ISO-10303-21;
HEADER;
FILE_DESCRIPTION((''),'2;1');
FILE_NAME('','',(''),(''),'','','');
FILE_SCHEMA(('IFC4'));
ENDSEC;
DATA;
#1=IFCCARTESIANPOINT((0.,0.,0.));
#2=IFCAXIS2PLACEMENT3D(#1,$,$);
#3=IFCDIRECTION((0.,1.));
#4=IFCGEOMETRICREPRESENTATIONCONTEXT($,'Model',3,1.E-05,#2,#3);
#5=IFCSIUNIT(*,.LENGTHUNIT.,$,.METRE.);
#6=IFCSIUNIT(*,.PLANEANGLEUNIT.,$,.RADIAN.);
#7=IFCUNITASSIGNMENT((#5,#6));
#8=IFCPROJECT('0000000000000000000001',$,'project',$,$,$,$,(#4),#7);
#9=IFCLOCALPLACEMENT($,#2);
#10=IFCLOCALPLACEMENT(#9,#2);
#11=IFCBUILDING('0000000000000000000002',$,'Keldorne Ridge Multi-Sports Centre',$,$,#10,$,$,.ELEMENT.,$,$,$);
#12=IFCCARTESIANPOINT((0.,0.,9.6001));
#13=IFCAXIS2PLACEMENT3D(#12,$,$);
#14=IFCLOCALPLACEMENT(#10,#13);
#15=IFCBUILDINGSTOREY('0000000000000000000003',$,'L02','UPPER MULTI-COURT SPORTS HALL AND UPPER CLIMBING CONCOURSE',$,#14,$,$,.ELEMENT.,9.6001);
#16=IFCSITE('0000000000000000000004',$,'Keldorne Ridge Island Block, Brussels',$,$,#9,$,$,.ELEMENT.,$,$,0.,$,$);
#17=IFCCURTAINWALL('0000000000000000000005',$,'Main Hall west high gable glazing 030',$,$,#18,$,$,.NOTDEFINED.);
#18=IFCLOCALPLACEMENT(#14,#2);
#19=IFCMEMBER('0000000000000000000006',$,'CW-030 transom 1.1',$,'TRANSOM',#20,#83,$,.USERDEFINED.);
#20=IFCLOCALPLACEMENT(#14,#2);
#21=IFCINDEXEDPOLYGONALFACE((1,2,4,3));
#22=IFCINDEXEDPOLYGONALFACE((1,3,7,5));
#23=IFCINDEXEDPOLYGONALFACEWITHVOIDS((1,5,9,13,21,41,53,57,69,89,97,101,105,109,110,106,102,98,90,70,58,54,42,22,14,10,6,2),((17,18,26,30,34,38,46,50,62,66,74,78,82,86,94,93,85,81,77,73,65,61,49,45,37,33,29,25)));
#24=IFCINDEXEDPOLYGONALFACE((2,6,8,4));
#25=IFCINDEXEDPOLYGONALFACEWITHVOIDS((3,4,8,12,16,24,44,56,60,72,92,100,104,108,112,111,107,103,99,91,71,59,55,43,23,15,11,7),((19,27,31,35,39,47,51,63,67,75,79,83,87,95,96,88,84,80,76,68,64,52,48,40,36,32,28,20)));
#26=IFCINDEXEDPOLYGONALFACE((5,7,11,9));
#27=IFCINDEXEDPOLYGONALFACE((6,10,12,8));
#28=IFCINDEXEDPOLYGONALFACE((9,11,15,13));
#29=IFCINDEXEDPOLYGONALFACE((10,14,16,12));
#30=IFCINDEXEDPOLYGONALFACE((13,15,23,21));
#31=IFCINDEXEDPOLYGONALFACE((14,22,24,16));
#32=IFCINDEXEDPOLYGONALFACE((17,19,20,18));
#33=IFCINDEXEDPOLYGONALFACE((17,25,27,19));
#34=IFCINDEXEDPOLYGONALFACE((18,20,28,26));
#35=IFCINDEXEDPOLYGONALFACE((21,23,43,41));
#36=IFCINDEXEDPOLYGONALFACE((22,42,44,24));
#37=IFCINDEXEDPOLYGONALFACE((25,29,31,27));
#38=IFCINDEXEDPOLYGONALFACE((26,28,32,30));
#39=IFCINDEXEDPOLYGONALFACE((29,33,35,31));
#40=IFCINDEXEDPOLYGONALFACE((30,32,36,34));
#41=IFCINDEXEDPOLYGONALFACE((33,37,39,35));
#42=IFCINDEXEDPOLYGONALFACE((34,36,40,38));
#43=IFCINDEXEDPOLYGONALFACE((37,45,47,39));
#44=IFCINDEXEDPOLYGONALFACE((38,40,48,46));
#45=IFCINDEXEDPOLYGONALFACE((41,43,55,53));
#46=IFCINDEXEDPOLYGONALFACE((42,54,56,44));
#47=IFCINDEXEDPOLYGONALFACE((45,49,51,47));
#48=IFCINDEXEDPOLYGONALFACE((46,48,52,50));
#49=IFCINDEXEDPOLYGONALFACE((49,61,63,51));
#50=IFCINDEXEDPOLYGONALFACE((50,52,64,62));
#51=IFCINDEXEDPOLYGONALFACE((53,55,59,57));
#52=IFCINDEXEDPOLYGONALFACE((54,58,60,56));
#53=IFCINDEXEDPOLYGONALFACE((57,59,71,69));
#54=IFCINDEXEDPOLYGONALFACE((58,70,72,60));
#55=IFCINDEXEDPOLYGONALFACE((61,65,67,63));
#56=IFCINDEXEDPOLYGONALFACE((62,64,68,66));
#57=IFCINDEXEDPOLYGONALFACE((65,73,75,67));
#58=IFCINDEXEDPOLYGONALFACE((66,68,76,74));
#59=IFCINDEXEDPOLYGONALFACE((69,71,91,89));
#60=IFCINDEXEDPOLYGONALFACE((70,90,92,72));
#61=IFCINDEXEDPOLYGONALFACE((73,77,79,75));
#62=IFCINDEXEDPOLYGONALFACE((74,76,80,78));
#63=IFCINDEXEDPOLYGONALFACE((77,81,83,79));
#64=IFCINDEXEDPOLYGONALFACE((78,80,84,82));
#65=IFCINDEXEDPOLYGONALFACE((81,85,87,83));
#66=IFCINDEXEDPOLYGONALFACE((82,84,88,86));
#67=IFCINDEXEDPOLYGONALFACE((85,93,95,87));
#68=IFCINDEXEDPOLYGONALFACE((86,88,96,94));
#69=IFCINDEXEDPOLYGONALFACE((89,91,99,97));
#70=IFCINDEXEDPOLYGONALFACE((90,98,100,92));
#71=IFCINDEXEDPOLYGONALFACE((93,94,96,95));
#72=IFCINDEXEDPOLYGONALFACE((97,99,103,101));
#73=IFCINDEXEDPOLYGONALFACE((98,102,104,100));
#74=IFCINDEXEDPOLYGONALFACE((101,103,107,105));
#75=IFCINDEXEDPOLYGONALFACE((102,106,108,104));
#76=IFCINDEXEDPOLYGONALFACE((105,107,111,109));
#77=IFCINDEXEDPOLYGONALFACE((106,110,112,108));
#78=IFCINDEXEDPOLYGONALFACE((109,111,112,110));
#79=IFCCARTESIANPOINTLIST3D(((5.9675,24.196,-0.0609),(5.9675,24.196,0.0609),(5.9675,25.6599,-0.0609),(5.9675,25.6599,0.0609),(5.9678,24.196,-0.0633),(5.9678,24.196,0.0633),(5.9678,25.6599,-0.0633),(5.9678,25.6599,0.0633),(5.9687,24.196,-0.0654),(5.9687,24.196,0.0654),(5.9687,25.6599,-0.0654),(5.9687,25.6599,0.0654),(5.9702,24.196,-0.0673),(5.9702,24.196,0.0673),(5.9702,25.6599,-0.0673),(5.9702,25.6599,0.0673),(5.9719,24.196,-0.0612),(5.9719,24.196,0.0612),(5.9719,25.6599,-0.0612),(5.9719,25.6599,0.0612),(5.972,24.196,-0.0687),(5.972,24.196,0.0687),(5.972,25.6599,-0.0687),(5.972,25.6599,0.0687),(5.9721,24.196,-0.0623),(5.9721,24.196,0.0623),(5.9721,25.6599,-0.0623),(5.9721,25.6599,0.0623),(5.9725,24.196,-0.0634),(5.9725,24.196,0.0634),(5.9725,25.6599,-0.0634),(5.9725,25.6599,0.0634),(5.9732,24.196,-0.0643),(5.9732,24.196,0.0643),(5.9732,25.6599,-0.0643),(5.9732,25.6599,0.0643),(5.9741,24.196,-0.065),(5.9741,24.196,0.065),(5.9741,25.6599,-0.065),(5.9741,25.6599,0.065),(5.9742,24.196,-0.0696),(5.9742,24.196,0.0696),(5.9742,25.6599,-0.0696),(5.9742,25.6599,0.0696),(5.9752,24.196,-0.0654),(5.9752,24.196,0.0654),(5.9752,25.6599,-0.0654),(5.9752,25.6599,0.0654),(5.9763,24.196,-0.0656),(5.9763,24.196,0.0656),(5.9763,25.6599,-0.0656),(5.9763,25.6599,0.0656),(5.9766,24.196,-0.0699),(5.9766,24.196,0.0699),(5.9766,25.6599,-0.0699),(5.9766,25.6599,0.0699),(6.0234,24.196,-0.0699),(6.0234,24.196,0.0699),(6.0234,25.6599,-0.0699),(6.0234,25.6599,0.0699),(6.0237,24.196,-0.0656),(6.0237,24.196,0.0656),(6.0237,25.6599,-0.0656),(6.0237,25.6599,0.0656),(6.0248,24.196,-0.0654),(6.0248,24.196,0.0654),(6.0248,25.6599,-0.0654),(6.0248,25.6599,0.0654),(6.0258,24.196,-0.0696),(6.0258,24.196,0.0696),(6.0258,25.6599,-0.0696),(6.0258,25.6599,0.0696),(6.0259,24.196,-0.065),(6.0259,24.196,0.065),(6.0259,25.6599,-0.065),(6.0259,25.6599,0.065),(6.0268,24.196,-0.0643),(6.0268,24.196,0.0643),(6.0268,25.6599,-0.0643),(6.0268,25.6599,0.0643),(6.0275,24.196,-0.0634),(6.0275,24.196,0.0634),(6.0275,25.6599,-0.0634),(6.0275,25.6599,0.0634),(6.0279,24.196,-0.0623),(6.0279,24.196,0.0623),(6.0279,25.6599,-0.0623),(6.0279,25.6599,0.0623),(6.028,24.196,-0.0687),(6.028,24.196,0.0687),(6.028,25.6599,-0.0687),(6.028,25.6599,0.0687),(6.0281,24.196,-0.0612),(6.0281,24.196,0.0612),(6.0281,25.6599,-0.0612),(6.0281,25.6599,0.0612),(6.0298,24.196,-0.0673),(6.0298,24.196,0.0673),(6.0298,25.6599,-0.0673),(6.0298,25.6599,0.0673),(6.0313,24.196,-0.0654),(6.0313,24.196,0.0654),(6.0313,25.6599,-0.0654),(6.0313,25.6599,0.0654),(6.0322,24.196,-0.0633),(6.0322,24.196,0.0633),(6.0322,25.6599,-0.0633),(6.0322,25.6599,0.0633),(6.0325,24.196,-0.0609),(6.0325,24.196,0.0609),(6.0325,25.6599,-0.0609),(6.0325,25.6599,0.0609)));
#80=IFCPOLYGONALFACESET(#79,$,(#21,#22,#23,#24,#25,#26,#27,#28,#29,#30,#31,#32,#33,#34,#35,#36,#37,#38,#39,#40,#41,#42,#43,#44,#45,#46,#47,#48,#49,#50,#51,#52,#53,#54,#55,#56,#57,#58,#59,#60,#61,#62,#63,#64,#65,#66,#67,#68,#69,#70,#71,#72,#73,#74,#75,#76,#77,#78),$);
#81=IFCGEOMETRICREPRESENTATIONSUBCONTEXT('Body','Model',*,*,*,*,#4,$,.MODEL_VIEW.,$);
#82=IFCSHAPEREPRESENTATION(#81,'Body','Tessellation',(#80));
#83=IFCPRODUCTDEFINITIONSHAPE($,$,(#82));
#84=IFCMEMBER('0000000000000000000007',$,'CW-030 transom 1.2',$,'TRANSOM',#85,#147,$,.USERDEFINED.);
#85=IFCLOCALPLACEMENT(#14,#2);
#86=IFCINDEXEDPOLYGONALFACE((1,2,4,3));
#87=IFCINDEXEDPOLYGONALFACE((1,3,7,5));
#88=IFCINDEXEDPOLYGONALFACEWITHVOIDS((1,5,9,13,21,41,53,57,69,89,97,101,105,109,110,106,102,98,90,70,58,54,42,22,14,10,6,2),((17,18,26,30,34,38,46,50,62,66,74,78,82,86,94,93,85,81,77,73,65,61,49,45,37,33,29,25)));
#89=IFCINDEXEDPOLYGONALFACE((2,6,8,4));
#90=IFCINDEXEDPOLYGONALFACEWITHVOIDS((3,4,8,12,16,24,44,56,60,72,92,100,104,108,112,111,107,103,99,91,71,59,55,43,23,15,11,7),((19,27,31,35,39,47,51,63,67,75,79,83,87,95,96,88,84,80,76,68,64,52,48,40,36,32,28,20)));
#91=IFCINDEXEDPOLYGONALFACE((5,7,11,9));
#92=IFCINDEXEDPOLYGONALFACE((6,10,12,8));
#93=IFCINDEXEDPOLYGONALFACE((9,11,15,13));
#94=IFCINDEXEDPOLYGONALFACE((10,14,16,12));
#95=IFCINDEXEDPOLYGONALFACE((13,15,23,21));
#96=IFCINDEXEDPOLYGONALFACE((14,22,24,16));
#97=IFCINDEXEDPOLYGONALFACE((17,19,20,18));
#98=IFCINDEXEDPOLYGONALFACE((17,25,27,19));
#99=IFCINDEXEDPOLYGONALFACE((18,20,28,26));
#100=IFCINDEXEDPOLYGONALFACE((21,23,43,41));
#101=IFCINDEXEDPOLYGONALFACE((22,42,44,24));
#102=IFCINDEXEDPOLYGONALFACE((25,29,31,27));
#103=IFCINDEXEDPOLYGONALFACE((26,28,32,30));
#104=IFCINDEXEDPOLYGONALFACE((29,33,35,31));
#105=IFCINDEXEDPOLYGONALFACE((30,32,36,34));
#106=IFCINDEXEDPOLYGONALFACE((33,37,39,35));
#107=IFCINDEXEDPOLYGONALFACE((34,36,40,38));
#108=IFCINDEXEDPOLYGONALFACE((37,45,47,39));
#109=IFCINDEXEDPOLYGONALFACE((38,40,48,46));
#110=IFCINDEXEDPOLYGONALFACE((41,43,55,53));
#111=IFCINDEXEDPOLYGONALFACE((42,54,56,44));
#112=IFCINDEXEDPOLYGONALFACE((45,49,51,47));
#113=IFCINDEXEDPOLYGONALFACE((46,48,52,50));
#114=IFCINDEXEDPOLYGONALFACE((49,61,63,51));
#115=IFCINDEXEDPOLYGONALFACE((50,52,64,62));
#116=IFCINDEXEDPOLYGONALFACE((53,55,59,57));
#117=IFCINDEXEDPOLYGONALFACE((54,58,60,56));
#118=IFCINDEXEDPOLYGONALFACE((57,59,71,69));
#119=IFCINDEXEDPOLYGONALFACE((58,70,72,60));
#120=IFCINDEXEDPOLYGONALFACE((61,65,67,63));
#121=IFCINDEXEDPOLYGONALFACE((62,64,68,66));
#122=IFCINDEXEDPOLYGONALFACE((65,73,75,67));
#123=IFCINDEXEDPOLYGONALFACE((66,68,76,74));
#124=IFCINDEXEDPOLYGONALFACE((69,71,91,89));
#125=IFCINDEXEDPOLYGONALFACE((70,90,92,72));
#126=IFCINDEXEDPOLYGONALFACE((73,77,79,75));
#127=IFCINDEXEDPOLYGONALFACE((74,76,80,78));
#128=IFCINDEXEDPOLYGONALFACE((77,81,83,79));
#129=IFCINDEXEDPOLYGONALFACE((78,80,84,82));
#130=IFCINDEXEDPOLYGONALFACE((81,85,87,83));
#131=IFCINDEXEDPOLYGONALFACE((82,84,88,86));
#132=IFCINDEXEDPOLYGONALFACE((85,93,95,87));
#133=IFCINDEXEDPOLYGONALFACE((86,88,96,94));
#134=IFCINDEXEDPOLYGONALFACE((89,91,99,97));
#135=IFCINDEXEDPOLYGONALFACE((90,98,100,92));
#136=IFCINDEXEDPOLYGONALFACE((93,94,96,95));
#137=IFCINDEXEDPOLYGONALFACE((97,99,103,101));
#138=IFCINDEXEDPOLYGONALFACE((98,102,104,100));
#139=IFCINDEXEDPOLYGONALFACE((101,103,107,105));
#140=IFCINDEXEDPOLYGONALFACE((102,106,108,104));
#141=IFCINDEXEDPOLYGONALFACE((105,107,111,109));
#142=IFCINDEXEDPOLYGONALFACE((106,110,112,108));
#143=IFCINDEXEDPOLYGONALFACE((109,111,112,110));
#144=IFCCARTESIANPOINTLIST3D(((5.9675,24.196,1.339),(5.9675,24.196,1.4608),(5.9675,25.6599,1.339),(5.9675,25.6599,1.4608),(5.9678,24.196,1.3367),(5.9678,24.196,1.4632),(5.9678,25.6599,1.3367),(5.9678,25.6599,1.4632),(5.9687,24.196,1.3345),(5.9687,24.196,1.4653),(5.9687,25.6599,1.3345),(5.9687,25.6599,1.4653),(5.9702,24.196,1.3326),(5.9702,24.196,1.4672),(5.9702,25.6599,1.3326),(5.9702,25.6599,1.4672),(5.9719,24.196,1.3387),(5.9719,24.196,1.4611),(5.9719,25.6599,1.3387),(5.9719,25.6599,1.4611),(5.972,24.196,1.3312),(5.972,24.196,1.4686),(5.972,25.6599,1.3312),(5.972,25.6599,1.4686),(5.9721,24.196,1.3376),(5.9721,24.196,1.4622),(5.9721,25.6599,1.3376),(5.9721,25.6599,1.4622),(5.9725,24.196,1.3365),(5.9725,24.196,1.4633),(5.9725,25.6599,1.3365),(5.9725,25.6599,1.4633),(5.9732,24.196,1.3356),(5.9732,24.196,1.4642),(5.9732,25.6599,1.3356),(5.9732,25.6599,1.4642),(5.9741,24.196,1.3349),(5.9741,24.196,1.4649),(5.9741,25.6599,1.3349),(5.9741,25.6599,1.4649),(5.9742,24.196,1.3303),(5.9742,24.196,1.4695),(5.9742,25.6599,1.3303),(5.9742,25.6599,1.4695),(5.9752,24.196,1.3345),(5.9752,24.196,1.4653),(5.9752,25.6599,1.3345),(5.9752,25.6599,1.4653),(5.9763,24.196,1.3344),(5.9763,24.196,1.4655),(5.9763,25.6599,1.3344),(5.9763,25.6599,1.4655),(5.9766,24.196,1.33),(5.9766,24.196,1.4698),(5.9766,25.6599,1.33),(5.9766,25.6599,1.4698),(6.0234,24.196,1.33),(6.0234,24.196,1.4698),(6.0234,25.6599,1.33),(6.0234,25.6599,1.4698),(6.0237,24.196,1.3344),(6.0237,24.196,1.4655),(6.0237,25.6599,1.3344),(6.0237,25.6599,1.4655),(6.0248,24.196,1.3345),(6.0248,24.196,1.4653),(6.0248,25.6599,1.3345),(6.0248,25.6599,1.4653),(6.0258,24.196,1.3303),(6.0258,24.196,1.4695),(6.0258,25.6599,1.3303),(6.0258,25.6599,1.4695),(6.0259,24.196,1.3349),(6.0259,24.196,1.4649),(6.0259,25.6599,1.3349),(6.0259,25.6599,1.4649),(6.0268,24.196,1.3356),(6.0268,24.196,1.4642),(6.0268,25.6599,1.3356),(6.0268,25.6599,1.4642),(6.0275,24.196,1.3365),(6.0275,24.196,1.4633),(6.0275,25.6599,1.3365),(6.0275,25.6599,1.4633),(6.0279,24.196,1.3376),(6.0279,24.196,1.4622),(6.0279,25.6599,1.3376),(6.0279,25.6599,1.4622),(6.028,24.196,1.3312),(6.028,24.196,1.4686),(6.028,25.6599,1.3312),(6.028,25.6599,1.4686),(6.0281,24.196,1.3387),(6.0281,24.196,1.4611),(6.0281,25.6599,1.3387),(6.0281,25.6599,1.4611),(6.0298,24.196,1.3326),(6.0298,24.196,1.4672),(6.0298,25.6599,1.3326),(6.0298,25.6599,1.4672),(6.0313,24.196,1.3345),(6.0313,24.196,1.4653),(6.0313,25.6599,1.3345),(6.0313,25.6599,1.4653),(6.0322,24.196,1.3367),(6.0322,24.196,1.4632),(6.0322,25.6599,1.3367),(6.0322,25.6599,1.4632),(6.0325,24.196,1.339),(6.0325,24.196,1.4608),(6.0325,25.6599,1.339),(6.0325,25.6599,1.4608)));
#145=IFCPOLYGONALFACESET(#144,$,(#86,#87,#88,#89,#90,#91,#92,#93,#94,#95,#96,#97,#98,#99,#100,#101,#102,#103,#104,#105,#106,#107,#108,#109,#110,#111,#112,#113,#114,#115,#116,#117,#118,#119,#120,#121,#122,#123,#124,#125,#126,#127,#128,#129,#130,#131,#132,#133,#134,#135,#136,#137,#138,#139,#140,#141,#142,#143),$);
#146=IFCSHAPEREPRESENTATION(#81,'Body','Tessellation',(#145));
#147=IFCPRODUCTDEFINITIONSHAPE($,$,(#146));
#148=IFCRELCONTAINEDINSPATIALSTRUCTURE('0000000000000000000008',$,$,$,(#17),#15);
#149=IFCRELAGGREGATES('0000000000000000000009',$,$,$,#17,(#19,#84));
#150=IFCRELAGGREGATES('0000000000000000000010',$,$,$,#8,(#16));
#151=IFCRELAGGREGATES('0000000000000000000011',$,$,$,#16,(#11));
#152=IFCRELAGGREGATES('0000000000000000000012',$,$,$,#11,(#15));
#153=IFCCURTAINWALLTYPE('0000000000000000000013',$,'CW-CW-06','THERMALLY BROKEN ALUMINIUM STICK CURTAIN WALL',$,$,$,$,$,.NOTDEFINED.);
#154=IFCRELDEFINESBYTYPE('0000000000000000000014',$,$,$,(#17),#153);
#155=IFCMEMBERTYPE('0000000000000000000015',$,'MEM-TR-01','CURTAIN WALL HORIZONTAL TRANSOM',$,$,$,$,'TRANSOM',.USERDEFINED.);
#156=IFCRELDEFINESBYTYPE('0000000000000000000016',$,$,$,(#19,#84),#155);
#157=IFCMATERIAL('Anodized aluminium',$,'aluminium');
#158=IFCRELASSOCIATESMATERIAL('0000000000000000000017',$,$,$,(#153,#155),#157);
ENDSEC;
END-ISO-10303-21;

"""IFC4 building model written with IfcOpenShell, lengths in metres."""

from ifc_helpers import new_model, si_unit, direction, frame, origin, origin_2d, place, context, subcontext, project, spatial, hollow_rectangle, extrude, material, material_profile, profile_set, type_object, element, aggregate, save


model = new_model("IFC4")

# Units and contexts
model_context = context("Model", 3, precision=1e-05, world=origin(), true_north=direction((0.0, 1.0)))
body_context = subcontext(model_context, "Body", "Model", "MODEL_VIEW")
ifc_project = project(units=[si_unit("LENGTHUNIT", "METRE"), si_unit("PLANEANGLEUNIT", "RADIAN")], contexts=[model_context])

# Site, building, storey
site_placement = place(None, origin())
site = spatial("IfcSite", under=ifc_project, at=site_placement, Name="Keldorne Ridge Island Block, Brussels", CompositionType="ELEMENT", RefElevation=0.0)
building_placement = place(site_placement, origin())
building = spatial("IfcBuilding", under=site, at=building_placement, Name="Keldorne Ridge Multi-Sports Centre", CompositionType="ELEMENT")
storey_placement = place(building_placement, frame((0.0, 0.0, 9.6001)))
storey = spatial("IfcBuildingStorey", under=building, at=storey_placement, Name="L02", Description="UPPER MULTI-COURT SPORTS HALL AND UPPER CLIMBING CONCOURSE", CompositionType="ELEMENT", Elevation=9.6001)

# Curtain wall
ifc_material_1 = material(Name="Anodized aluminium", Category="aluminium")
curtain_wall_type_1 = type_object("IfcCurtainWallType", Name="CW-CW-06", Description="THERMALLY BROKEN ALUMINIUM STICK CURTAIN WALL", PredefinedType="NOTDEFINED", material=ifc_material_1)
curtain_wall_1_placement = place(storey_placement, origin())
curtain_wall_1 = element("IfcCurtainWall", 1, at=curtain_wall_1_placement, inside=storey, type_object=curtain_wall_type_1, Name="Main Hall west high gable glazing 030", PredefinedType="NOTDEFINED")

# Members
ifc_material_profile_1 = material_profile(ifc_material_1, hollow_rectangle(XDim=0.0649, YDim=0.1399, WallThickness=0.0044, InnerFilletRadius=0.0044, OuterFilletRadius=0.009, at=origin_2d()), Name="ALU TRANSOM 140x65x4.5")
ifc_profile_set_1 = profile_set([ifc_material_profile_1], Name="Anodized aluminium")
member_type_1 = type_object("IfcMemberType", Name="MEM-TR-01", Description="CURTAIN WALL HORIZONTAL TRANSOM", ElementType="TRANSOM", PredefinedType="USERDEFINED", material=ifc_profile_set_1)
member_1_placement = place(storey_placement, frame((6.0, 25.6599, 0.0), z_axis=(0.0, -1.0, 0.0), x_axis=(1.0, 0.0, 0.0)))
member_1 = element("IfcMember", 2, at=member_1_placement, type_object=member_type_1, Name="CW-030 transom 1.1", ObjectType="TRANSOM", PredefinedType="USERDEFINED", context=body_context, shape_type="SweptSolid", body=[
    extrude(hollow_rectangle(XDim=0.0649, YDim=0.1399, WallThickness=0.0044, InnerFilletRadius=0.0044, OuterFilletRadius=0.009, at=origin_2d()), origin(), (0.0, 0.0, 1.0), 1.4639),
])
member_2_placement = place(storey_placement, frame((6.0, 25.6599, 1.3999), z_axis=(0.0, -1.0, 0.0), x_axis=(1.0, 0.0, 0.0)))
member_2 = element("IfcMember", 3, at=member_2_placement, type_object=member_type_1, Name="CW-030 transom 1.2", ObjectType="TRANSOM", PredefinedType="USERDEFINED", context=body_context, shape_type="SweptSolid", body=[
    extrude(hollow_rectangle(XDim=0.0649, YDim=0.1399, WallThickness=0.0044, InnerFilletRadius=0.0044, OuterFilletRadius=0.009, at=origin_2d()), origin(), (0.0, 0.0, 1.0), 1.4639),
])

aggregate(curtain_wall_1, [member_1, member_2])

save(model, "model.ifc")
